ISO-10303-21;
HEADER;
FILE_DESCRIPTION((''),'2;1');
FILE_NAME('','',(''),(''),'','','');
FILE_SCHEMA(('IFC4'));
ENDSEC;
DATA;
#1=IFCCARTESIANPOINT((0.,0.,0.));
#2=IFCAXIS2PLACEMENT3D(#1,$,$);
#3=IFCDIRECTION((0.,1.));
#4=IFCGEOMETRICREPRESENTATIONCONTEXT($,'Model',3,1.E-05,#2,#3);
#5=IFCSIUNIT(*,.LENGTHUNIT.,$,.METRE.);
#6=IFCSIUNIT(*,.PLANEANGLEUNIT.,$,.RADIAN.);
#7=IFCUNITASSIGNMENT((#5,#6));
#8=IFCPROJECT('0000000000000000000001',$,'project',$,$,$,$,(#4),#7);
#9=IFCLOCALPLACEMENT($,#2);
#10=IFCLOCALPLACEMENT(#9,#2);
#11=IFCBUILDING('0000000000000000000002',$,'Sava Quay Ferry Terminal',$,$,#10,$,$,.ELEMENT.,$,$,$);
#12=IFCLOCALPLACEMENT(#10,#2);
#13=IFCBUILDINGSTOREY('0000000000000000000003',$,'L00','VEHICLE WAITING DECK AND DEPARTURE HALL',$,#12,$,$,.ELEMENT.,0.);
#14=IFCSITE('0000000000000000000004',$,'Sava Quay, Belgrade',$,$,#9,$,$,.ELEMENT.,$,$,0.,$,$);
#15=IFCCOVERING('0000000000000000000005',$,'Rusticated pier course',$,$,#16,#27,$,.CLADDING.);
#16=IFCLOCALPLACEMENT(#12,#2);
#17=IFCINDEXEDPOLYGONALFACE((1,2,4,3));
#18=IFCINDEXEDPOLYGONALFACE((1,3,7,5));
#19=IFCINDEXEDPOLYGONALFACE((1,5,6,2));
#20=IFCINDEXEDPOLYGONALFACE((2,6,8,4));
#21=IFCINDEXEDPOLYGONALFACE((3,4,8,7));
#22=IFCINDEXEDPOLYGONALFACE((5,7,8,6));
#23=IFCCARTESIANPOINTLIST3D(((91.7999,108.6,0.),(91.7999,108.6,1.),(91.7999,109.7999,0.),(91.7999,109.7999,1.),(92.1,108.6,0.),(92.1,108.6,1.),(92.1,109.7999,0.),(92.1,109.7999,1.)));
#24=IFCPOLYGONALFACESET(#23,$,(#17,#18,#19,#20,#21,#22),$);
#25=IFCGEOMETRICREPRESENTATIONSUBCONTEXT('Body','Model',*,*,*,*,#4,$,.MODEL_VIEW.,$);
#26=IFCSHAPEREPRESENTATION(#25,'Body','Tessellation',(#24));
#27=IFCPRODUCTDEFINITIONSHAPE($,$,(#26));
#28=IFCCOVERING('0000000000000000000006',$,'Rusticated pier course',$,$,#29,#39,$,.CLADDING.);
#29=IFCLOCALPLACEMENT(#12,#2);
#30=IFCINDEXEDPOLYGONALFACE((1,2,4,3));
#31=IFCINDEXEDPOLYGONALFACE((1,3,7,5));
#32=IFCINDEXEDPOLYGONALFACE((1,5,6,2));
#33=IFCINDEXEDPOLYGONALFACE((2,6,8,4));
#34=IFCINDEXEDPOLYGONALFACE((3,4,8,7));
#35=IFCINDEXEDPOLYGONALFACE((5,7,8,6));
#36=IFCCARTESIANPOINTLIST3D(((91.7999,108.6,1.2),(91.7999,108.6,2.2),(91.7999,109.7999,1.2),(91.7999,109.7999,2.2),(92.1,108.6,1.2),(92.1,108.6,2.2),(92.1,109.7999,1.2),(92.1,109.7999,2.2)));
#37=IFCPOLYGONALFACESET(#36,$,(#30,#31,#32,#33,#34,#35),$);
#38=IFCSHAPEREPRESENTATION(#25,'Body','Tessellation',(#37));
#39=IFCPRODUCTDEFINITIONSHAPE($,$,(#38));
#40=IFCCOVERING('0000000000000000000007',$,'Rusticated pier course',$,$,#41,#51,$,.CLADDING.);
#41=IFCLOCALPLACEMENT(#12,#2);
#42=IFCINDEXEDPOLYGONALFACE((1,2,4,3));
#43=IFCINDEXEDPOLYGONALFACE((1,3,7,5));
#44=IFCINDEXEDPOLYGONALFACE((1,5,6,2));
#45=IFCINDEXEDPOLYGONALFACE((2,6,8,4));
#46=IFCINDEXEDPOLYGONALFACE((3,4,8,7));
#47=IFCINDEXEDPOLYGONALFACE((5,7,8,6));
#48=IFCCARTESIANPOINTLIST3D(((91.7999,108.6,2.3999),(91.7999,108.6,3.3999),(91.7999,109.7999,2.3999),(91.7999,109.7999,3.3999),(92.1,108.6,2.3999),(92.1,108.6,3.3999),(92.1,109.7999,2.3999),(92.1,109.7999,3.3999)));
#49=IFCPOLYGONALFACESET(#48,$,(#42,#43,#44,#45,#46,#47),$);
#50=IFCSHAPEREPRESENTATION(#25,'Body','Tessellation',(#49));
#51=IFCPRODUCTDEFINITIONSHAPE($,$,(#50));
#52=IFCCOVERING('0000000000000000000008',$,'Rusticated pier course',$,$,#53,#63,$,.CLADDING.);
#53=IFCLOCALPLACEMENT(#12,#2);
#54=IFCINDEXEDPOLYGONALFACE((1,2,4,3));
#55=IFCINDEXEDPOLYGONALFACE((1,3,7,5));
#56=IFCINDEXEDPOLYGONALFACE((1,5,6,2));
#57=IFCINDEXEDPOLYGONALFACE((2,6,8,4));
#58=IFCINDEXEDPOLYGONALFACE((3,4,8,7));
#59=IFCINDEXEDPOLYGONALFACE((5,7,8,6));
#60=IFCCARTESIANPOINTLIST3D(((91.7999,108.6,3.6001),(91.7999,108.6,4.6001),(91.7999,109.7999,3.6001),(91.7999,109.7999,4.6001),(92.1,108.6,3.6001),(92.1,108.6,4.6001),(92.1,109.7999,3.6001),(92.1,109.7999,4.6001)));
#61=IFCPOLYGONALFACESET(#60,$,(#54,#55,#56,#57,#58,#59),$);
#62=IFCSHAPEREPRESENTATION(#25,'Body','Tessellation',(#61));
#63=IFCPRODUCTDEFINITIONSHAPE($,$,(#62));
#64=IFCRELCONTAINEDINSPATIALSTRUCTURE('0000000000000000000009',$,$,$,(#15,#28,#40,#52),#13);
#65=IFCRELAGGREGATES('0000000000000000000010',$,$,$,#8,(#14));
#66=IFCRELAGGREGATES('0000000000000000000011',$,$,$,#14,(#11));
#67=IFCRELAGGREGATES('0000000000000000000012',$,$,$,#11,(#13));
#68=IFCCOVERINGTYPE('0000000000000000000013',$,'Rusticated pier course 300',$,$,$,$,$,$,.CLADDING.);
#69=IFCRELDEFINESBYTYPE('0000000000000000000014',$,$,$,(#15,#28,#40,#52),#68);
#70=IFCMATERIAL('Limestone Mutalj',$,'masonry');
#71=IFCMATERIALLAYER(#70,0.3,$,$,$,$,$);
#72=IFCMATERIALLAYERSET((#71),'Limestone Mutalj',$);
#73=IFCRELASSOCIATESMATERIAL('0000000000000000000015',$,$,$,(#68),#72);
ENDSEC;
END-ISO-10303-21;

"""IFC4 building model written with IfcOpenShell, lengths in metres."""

from ifc_helpers import new_model, si_unit, direction, frame, origin, origin_2d, place, context, subcontext, project, spatial, rectangle, extrude, material, layer, layer_set, type_object, element, save


model = new_model("IFC4")

# Units and contexts
model_context = context("Model", 3, precision=1e-05, world=origin(), true_north=direction((0.0, 1.0)))
body_context = subcontext(model_context, "Body", "Model", "MODEL_VIEW")
ifc_project = project(units=[si_unit("LENGTHUNIT", "METRE"), si_unit("PLANEANGLEUNIT", "RADIAN")], contexts=[model_context])

# Site, building, storey
site_placement = place(None, origin())
site = spatial("IfcSite", under=ifc_project, at=site_placement, Name="Sava Quay, Belgrade", CompositionType="ELEMENT", RefElevation=0.0)
building_placement = place(site_placement, origin())
building = spatial("IfcBuilding", under=site, at=building_placement, Name="Sava Quay Ferry Terminal", CompositionType="ELEMENT")
storey_placement = place(building_placement, origin())
storey = spatial("IfcBuildingStorey", under=building, at=storey_placement, Name="L00", Description="VEHICLE WAITING DECK AND DEPARTURE HALL", CompositionType="ELEMENT", Elevation=0.0)

# Coverings
ifc_material_1 = material(Name="Limestone Mutalj", Category="masonry")
ifc_layer_1 = layer(ifc_material_1, 0.3)
ifc_layer_set_1 = layer_set([ifc_layer_1], Name="Limestone Mutalj")
covering_type_1 = type_object("IfcCoveringType", Name="Rusticated pier course 300", PredefinedType="CLADDING", material=ifc_layer_set_1)
for number, where, z_axis, x_axis, name in (
    (1, (91.95, 109.2, 0.0), (0.0, 0.0, 1.0), (1.0, 0.0, 0.0), "Rusticated pier course"),
    (2, (91.95, 109.2, 1.2), (0.0, 0.0, 1.0), (1.0, 0.0, 0.0), "Rusticated pier course"),
    (3, (91.95, 109.2, 2.3999), (0.0, 0.0, 1.0), (1.0, 0.0, 0.0), "Rusticated pier course"),
    (4, (91.95, 109.2, 3.6001), (0.0, 0.0, 1.0), (1.0, 0.0, 0.0), "Rusticated pier course"),
):
    element("IfcCovering", number, at=place(storey_placement, frame(where, z_axis=z_axis, x_axis=x_axis)), inside=storey, type_object=covering_type_1, Name=name, PredefinedType="CLADDING", context=body_context, shape_type="SweptSolid", body=[
        extrude(rectangle(XDim=0.3, YDim=1.2, at=origin_2d()), origin(), (0.0, 0.0, 1.0), 1.0),
    ])

save(model, "model.ifc")
